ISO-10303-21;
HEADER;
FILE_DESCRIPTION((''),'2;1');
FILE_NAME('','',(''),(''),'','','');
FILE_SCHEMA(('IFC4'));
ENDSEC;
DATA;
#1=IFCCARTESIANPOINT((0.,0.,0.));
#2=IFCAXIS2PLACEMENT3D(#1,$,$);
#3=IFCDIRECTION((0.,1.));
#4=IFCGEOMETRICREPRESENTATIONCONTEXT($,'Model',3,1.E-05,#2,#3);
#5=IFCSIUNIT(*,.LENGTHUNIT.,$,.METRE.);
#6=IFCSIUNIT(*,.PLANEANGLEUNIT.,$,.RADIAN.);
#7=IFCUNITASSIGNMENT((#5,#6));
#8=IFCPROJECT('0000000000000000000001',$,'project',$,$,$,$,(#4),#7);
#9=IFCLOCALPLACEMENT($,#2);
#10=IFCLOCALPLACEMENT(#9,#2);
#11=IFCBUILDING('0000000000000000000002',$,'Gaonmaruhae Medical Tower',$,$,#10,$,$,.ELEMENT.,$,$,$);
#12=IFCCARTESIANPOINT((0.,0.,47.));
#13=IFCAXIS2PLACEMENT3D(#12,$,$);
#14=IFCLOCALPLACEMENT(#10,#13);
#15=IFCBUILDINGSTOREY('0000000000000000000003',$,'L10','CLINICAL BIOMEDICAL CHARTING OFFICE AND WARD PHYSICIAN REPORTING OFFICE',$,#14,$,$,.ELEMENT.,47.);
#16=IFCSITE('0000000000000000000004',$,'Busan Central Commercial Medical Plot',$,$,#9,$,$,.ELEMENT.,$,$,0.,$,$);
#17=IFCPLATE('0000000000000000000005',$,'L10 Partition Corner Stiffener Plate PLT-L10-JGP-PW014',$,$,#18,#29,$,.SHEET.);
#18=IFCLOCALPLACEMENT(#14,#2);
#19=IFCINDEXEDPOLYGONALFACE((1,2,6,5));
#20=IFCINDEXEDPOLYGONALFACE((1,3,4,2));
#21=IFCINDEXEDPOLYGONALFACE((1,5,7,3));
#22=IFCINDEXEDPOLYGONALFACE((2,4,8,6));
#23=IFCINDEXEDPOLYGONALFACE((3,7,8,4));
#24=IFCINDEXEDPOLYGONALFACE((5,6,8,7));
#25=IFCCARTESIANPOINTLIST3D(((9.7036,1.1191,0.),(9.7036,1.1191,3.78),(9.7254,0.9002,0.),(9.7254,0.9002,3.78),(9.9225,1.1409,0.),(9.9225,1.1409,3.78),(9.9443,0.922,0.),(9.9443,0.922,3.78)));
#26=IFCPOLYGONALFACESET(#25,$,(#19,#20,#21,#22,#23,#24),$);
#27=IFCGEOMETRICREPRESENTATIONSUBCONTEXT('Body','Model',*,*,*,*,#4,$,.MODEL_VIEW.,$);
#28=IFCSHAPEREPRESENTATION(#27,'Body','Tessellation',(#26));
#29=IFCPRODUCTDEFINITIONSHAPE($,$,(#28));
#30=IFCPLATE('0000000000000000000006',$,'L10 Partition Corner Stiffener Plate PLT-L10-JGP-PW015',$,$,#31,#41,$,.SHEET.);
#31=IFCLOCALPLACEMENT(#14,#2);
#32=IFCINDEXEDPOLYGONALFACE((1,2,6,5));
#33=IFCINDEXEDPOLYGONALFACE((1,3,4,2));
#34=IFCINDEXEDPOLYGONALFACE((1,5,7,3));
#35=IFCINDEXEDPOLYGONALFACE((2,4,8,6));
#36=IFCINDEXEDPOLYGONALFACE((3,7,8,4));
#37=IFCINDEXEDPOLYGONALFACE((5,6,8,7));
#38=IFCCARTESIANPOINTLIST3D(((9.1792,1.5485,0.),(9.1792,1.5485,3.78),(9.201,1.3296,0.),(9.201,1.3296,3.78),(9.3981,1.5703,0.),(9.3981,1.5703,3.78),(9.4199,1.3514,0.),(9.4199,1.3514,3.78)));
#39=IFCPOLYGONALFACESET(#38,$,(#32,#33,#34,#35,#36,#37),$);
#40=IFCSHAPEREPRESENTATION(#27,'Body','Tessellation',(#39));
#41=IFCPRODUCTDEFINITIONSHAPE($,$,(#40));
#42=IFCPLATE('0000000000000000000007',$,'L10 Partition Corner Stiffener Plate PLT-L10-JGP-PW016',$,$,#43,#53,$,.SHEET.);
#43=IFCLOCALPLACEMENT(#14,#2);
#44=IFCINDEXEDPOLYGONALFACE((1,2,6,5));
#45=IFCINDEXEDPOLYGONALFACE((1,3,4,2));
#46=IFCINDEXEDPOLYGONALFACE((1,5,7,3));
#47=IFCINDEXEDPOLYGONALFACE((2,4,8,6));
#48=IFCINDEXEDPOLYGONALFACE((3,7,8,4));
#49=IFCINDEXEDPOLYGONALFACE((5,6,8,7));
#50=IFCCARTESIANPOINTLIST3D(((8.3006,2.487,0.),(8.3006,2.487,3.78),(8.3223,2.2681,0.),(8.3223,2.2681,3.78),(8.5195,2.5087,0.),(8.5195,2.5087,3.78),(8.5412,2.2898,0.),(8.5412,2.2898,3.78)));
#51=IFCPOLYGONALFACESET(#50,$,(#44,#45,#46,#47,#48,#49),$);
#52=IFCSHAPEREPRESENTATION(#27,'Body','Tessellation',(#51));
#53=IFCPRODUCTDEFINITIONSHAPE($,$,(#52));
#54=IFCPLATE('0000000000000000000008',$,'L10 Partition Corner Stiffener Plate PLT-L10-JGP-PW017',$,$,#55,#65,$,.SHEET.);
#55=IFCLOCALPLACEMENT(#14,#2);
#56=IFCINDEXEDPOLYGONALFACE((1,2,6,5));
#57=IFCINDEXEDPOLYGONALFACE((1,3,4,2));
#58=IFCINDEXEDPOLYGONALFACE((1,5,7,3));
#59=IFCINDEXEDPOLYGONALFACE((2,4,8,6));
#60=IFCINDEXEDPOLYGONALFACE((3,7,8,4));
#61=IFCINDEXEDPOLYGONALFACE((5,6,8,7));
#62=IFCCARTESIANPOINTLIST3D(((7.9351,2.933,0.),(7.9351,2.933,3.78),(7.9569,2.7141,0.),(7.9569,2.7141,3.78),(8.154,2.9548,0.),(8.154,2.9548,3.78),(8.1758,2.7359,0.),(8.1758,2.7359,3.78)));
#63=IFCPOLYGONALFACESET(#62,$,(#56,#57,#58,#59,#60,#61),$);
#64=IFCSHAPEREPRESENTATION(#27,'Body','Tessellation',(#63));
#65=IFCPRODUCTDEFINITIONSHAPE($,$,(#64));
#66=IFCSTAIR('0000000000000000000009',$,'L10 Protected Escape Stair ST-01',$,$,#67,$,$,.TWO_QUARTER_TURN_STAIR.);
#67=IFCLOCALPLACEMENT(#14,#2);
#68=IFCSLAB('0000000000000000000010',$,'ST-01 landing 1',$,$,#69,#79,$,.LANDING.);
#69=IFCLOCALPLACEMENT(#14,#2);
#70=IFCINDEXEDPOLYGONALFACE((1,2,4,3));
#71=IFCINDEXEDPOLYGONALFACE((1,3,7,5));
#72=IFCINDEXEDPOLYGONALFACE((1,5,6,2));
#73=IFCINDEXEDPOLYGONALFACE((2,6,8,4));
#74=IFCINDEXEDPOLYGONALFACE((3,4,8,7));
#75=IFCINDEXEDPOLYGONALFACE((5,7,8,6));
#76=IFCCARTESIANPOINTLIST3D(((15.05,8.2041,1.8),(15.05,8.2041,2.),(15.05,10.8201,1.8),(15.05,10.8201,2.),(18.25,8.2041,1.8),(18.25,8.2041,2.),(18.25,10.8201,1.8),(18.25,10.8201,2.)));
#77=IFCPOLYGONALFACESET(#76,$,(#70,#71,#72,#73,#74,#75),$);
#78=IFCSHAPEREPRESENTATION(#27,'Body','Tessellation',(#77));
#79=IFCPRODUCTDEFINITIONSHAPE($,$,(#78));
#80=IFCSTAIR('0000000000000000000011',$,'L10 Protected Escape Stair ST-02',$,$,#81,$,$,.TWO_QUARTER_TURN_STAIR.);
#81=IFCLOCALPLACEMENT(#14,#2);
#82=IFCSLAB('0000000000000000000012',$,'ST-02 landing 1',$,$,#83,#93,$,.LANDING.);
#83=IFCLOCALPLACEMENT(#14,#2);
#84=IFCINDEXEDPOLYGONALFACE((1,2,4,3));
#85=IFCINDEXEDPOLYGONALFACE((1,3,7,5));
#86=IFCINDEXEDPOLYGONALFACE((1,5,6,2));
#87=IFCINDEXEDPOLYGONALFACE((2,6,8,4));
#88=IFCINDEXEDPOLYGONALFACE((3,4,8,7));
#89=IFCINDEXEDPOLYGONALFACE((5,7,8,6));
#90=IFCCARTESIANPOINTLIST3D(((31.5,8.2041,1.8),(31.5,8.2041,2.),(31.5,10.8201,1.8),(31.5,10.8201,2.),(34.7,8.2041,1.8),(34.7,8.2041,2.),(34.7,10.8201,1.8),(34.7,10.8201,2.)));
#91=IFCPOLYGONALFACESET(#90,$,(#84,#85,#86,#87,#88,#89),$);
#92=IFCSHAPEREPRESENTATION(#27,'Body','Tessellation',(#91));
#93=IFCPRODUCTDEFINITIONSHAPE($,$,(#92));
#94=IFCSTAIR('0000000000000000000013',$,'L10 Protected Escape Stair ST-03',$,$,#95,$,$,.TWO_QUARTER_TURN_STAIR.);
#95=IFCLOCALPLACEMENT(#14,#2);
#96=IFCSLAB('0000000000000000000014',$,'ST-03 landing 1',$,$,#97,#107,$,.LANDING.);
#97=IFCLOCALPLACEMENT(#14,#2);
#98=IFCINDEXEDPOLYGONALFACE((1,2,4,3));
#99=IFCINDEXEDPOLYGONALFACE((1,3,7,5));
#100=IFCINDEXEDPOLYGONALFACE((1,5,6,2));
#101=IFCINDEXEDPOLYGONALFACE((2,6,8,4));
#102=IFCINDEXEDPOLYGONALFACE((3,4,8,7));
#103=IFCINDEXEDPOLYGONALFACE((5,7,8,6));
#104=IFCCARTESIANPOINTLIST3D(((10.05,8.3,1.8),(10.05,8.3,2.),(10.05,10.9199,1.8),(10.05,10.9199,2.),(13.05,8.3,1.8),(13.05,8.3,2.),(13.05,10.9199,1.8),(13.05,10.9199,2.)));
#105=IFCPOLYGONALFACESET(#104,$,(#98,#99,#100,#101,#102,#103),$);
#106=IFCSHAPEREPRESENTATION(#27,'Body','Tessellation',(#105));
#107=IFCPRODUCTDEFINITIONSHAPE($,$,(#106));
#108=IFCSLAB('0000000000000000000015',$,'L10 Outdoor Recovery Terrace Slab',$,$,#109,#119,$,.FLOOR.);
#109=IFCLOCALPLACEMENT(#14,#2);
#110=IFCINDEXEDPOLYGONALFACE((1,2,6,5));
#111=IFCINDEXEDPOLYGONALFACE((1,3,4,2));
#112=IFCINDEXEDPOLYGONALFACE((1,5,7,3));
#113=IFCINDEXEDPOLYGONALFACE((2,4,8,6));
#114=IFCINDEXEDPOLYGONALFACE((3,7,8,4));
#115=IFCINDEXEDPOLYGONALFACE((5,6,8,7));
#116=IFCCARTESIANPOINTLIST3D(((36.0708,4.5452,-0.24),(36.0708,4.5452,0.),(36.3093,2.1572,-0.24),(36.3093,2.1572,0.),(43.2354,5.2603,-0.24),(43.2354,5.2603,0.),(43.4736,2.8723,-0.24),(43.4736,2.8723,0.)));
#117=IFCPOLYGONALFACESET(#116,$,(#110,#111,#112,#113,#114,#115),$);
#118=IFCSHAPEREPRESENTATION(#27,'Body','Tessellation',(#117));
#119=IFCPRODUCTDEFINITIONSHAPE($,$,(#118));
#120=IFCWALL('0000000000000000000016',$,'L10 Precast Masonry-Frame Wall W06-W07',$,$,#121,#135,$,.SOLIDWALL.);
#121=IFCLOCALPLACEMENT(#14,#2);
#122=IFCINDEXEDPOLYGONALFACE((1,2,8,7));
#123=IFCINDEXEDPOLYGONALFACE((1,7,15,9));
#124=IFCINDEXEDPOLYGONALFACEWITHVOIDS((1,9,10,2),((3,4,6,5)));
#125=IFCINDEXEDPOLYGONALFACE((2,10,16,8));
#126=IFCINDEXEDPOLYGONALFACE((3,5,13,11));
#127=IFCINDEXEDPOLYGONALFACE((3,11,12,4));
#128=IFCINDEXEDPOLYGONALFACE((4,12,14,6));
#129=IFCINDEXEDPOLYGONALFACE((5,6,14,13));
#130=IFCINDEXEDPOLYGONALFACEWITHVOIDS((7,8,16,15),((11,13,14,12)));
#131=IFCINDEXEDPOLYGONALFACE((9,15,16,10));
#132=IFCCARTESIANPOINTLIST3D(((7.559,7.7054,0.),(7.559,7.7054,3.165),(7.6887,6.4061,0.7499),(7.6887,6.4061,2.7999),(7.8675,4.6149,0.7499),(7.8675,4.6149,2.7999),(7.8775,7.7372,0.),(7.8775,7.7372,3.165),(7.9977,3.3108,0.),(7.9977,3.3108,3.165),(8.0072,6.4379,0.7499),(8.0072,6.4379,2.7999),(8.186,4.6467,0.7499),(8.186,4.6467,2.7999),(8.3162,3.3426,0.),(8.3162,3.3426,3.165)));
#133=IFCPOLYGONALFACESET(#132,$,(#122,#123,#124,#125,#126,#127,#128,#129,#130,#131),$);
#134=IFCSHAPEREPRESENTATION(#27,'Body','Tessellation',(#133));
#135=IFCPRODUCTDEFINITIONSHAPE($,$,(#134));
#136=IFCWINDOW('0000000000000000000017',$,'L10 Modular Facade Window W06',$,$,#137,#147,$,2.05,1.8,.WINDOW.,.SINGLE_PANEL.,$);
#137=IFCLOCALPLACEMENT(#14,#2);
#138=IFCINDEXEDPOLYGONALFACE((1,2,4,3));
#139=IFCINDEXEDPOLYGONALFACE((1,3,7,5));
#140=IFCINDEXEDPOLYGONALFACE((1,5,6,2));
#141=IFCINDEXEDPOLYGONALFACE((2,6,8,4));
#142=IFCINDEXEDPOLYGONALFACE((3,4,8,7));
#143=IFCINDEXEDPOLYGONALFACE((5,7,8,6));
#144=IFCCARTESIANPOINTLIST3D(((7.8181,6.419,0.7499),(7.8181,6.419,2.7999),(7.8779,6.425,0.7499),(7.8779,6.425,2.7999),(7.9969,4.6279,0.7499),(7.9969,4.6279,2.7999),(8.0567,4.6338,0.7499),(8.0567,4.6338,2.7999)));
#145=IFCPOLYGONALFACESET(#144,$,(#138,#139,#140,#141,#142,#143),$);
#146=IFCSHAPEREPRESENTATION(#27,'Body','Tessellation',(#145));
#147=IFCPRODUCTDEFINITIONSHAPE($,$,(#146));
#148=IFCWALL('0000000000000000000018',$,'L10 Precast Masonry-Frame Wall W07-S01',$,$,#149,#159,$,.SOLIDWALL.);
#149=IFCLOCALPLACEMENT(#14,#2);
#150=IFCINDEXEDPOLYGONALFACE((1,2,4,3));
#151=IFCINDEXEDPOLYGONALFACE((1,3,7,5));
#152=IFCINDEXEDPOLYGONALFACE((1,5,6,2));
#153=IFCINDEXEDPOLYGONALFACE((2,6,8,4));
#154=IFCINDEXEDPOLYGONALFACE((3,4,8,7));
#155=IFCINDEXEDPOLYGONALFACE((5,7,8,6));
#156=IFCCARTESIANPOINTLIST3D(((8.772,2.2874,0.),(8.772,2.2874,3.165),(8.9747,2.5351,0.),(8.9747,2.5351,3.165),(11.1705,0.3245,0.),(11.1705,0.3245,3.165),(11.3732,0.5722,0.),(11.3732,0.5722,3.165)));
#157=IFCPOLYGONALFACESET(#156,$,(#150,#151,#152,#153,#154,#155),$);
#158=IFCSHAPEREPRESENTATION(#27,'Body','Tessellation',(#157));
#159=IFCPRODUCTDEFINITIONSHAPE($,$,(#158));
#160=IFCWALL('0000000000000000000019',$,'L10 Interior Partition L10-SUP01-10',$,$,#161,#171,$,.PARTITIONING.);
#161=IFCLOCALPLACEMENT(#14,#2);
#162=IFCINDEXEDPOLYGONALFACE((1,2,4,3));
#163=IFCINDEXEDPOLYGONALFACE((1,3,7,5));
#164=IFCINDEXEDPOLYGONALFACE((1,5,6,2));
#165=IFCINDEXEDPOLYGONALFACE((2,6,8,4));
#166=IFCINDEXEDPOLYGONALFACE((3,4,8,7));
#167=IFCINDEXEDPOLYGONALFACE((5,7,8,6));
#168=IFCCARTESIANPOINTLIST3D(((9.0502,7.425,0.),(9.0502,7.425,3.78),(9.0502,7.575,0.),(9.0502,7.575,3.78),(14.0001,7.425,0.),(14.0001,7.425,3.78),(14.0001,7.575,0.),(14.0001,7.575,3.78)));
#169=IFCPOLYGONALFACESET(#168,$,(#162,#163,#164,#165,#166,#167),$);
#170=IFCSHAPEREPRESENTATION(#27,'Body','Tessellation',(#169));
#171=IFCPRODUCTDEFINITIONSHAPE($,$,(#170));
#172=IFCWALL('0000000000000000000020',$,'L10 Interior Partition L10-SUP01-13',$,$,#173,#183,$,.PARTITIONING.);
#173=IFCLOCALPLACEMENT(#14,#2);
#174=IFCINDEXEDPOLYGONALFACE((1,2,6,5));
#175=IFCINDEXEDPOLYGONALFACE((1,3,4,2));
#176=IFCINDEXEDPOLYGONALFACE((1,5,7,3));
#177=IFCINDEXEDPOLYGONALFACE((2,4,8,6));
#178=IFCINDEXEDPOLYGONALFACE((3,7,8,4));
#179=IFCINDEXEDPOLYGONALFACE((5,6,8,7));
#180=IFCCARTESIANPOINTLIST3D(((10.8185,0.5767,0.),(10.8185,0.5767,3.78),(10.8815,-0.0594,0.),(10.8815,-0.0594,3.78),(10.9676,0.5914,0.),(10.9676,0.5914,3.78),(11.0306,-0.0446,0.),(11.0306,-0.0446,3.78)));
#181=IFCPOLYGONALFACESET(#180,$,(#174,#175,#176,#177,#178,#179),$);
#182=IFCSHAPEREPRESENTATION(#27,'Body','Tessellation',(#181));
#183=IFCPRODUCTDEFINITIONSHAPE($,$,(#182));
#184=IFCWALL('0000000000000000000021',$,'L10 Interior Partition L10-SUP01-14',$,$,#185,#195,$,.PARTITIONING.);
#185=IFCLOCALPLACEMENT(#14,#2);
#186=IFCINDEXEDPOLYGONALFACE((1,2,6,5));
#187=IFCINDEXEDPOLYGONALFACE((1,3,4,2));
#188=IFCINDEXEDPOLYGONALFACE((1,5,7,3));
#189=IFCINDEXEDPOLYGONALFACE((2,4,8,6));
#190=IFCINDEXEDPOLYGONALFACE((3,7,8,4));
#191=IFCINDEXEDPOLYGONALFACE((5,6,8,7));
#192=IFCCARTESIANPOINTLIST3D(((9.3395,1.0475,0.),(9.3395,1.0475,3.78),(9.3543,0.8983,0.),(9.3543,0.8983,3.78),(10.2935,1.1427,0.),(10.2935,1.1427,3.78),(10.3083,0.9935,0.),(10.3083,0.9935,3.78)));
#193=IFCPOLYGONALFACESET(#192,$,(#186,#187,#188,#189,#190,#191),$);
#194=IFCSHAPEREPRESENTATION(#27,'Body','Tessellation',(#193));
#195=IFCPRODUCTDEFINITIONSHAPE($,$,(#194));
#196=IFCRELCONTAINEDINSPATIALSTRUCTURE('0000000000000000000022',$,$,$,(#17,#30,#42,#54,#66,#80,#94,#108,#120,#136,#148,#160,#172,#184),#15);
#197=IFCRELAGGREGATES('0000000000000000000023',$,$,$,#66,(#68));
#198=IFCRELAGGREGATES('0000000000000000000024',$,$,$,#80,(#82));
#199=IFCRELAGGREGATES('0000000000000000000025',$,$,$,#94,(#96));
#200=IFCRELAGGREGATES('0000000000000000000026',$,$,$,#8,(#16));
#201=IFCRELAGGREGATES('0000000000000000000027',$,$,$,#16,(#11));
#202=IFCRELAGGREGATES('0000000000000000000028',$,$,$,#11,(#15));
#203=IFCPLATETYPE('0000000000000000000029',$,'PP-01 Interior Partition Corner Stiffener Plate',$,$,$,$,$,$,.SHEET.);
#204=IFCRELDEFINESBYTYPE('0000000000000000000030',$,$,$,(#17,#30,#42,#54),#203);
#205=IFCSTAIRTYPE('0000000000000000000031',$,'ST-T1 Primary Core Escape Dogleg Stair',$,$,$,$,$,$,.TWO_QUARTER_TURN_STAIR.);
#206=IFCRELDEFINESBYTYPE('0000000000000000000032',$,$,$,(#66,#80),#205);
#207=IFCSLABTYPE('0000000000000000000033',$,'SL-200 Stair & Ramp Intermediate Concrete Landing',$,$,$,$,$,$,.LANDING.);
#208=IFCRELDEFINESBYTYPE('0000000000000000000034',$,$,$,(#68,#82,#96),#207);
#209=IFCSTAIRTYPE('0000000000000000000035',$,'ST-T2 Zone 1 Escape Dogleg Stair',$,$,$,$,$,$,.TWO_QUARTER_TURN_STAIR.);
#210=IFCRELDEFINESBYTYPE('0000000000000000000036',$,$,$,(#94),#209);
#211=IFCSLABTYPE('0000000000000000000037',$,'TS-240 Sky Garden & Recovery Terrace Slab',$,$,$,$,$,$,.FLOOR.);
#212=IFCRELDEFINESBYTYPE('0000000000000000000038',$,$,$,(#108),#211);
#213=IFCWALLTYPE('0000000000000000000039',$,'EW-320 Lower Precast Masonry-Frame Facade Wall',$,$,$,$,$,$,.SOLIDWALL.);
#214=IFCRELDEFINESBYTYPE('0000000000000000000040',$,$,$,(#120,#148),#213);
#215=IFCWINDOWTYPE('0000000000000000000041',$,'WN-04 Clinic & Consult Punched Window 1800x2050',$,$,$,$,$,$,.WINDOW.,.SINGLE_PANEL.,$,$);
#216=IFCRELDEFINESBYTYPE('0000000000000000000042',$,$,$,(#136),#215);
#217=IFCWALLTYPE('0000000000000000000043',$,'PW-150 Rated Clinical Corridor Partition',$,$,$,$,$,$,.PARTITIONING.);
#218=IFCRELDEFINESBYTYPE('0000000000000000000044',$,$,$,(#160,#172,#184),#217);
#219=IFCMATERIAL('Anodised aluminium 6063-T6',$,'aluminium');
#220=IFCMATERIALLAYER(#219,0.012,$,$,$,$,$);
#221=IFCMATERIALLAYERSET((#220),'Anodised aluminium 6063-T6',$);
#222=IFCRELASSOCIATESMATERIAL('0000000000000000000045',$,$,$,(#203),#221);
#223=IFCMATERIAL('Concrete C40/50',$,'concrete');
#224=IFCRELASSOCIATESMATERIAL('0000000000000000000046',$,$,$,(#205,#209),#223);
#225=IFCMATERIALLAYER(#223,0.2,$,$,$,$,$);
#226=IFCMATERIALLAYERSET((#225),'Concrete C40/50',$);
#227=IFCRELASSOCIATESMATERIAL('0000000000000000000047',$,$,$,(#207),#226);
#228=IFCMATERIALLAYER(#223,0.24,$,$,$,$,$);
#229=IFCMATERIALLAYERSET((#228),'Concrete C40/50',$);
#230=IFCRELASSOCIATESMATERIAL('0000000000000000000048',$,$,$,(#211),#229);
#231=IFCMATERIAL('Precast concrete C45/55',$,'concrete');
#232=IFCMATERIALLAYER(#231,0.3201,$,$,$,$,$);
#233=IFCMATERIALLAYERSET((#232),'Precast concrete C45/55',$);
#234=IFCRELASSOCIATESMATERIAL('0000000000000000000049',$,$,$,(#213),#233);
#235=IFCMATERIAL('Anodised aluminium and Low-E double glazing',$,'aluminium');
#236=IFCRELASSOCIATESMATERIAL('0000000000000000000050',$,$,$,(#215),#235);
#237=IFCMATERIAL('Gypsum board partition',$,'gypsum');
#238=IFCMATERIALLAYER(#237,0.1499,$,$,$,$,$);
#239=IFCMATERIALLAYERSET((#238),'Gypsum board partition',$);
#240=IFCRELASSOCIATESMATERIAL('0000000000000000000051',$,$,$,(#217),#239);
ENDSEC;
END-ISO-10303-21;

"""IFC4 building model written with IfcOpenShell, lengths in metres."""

from ifc_helpers import new_model, si_unit, direction, frame, frame_2d, origin, origin_2d, place, context, subcontext, project, spatial, polyline, rectangle, outline, extrude, material, layer, layer_set, type_object, element, fill, aggregate, save


model = new_model("IFC4")

# Units and contexts
model_context = context("Model", 3, precision=1e-05, world=origin(), true_north=direction((0.0, 1.0)))
body_context = subcontext(model_context, "Body", "Model", "MODEL_VIEW")
ifc_project = project(units=[si_unit("LENGTHUNIT", "METRE"), si_unit("PLANEANGLEUNIT", "RADIAN")], contexts=[model_context])

# Site, building, storey
site_placement = place(None, origin())
site = spatial("IfcSite", under=ifc_project, at=site_placement, Name="Busan Central Commercial Medical Plot", CompositionType="ELEMENT", RefElevation=0.0)
building_placement = place(site_placement, origin())
building = spatial("IfcBuilding", under=site, at=building_placement, Name="Gaonmaruhae Medical Tower", CompositionType="ELEMENT")
storey_placement = place(building_placement, frame((0.0, 0.0, 47.0)))
storey = spatial("IfcBuildingStorey", under=building, at=storey_placement, Name="L10", Description="CLINICAL BIOMEDICAL CHARTING OFFICE AND WARD PHYSICIAN REPORTING OFFICE", CompositionType="ELEMENT", Elevation=47.0)

# Shared definitions
ifc_material_1 = material(Name="Concrete C40/50", Category="concrete")

# Plates
ifc_material_2 = material(Name="Anodised aluminium 6063-T6", Category="aluminium")
ifc_layer_1 = layer(ifc_material_2, 0.012)
ifc_layer_set_1 = layer_set([ifc_layer_1], Name="Anodised aluminium 6063-T6")
plate_type = type_object("IfcPlateType", Name="PP-01 Interior Partition Corner Stiffener Plate", PredefinedType="SHEET", material=ifc_layer_set_1)
for number, where, z_axis, x_axis, name in (
    (1, (9.824, 1.0205, 0.0), (0.0, 0.0, 1.0), (-0.995078, -0.099094, 0.0), "L10 Partition Corner Stiffener Plate PLT-L10-JGP-PW014"),
    (2, (9.2996, 1.45, 0.0), (0.0, 0.0, 1.0), (-0.099094, 0.995078, 0.0), "L10 Partition Corner Stiffener Plate PLT-L10-JGP-PW015"),
    (3, (8.4209, 2.3884, 0.0), (0.0, 0.0, 1.0), (-0.99513, -0.098573, 0.0), "L10 Partition Corner Stiffener Plate PLT-L10-JGP-PW016"),
    (4, (8.0554, 2.8345, 0.0), (0.0, 0.0, 1.0), (-0.09899, 0.995088, 0.0), "L10 Partition Corner Stiffener Plate PLT-L10-JGP-PW017"),
):
    element("IfcPlate", number, at=place(storey_placement, frame(where, z_axis=z_axis, x_axis=x_axis)), inside=storey, type_object=plate_type, Name=name, PredefinedType="SHEET", context=body_context, shape_type="SweptSolid", body=[
        extrude(rectangle(XDim=0.22, YDim=0.22, at=origin_2d()), origin(), (0.0, 0.0, 1.0), 3.78),
    ])

# Stairs, slabs
stair_type_1 = type_object("IfcStairType", Name="ST-T1 Primary Core Escape Dogleg Stair", PredefinedType="TWO_QUARTER_TURN_STAIR", material=ifc_material_1)
stair_1_placement = place(storey_placement, origin())
stair_1 = element("IfcStair", 5, at=stair_1_placement, inside=storey, type_object=stair_type_1, Name="L10 Protected Escape Stair ST-01", PredefinedType="TWO_QUARTER_TURN_STAIR")
ifc_layer_2 = layer(ifc_material_1, 0.2)
ifc_layer_set_2 = layer_set([ifc_layer_2], Name="Concrete C40/50")
slab_type_1 = type_object("IfcSlabType", Name="SL-200 Stair & Ramp Intermediate Concrete Landing", PredefinedType="LANDING", material=ifc_layer_set_2)
slab_1_placement = place(storey_placement, frame((0.0, 0.0, 1.8)))
slab_1 = element("IfcSlab", 6, at=slab_1_placement, type_object=slab_type_1, Name="ST-01 landing 1", PredefinedType="LANDING", context=body_context, shape_type="SweptSolid", body=[
    extrude(outline(polyline([(15.05, 10.8201), (15.05, 8.2041), (18.25, 8.2041), (18.25, 10.8201), (15.05, 10.8201)])), origin(), (0.0, 0.0, 1.0), 0.2),
])
aggregate(stair_1, [slab_1])
stair_2_placement = place(storey_placement, origin())
stair_2 = element("IfcStair", 7, at=stair_2_placement, inside=storey, type_object=stair_type_1, Name="L10 Protected Escape Stair ST-02", PredefinedType="TWO_QUARTER_TURN_STAIR")
slab_2_placement = place(storey_placement, frame((0.0, 0.0, 1.8)))
slab_2 = element("IfcSlab", 8, at=slab_2_placement, type_object=slab_type_1, Name="ST-02 landing 1", PredefinedType="LANDING", context=body_context, shape_type="SweptSolid", body=[
    extrude(outline(polyline([(31.5, 10.8201), (31.5, 8.2041), (34.7, 8.2041), (34.7, 10.8201), (31.5, 10.8201)])), origin(), (0.0, 0.0, 1.0), 0.2),
])
aggregate(stair_2, [slab_2])
stair_type_2 = type_object("IfcStairType", Name="ST-T2 Zone 1 Escape Dogleg Stair", PredefinedType="TWO_QUARTER_TURN_STAIR", material=ifc_material_1)
stair_3_placement = place(storey_placement, origin())
stair_3 = element("IfcStair", 9, at=stair_3_placement, inside=storey, type_object=stair_type_2, Name="L10 Protected Escape Stair ST-03", PredefinedType="TWO_QUARTER_TURN_STAIR")
slab_3_placement = place(storey_placement, frame((0.0, 0.0, 1.8)))
slab_3 = element("IfcSlab", 10, at=slab_3_placement, type_object=slab_type_1, Name="ST-03 landing 1", PredefinedType="LANDING", context=body_context, shape_type="SweptSolid", body=[
    extrude(outline(polyline([(10.05, 10.9199), (10.05, 8.3), (13.05, 8.3), (13.05, 10.9199), (10.05, 10.9199)])), origin(), (0.0, 0.0, 1.0), 0.2),
])
aggregate(stair_3, [slab_3])

# Slab
ifc_layer_3 = layer(ifc_material_1, 0.24)
ifc_layer_set_3 = layer_set([ifc_layer_3], Name="Concrete C40/50")
slab_type_2 = type_object("IfcSlabType", Name="TS-240 Sky Garden & Recovery Terrace Slab", PredefinedType="FLOOR", material=ifc_layer_set_3)
slab_4_placement = place(storey_placement, frame((0.0, 0.0, -0.24)))
element("IfcSlab", 11, at=slab_4_placement, inside=storey, type_object=slab_type_2, Name="L10 Outdoor Recovery Terrace Slab", PredefinedType="FLOOR", context=body_context, shape_type="SweptSolid", body=[
    extrude(outline(polyline([(36.3093, 2.1572), (43.4736, 2.8723), (43.2354, 5.2603), (36.0708, 4.5452), (36.3093, 2.1572)])), origin(), (0.0, 0.0, 1.0), 0.24),
])

# Wall, opening, window
ifc_material_3 = material(Name="Precast concrete C45/55", Category="concrete")
ifc_layer_4 = layer(ifc_material_3, 0.3201)
ifc_layer_set_4 = layer_set([ifc_layer_4], Name="Precast concrete C45/55")
wall_type_1 = type_object("IfcWallType", Name="EW-320 Lower Precast Masonry-Frame Facade Wall", PredefinedType="SOLIDWALL", material=ifc_layer_set_4)
wall_1_placement = place(storey_placement, frame((8.157, 3.3267, 0.0), z_axis=(0.0, 0.0, 1.0), x_axis=(-0.099334, 0.995054, 0.0)))
wall_1 = element("IfcWall", 12, at=wall_1_placement, inside=storey, type_object=wall_type_1, Name="L10 Precast Masonry-Frame Wall W06-W07", PredefinedType="SOLIDWALL", context=body_context, shape_type="SweptSolid", body=[
    extrude(rectangle(XDim=4.4165, YDim=0.3201, at=frame_2d((2.2083, 0.0))), origin(), (0.0, 0.0, 1.0), 3.165),
])
opening_placement = place(wall_1_placement, frame((1.3108, 0.0, 0.75)))
opening = element("IfcOpeningElement", 13, at=opening_placement, cuts=wall_1, PredefinedType="OPENING", context=body_context, shape_type="SweptSolid", body=[
    extrude(rectangle(XDim=1.8, YDim=2.05, at=frame_2d((0.8999, 1.0249))), frame((0.0, 0.1699, 0.0), z_axis=(0.0, -1.0, 0.0), x_axis=(1.0, 0.0, 0.0)), (0.0, 0.0, 1.0), 0.3401),
])
ifc_material_4 = material(Name="Anodised aluminium and Low-E double glazing", Category="aluminium")
window_type = type_object("IfcWindowType", Name="WN-04 Clinic & Consult Punched Window 1800x2050", PartitioningType="SINGLE_PANEL", PredefinedType="WINDOW", material=ifc_material_4)
window_placement = place(opening_placement, origin())
window = element("IfcWindow", 14, at=window_placement, inside=storey, type_object=window_type, Name="L10 Modular Facade Window W06", OverallHeight=2.05, OverallWidth=1.8, PartitioningType="SINGLE_PANEL", PredefinedType="WINDOW", context=body_context, shape_type="SweptSolid", body=[
    extrude(rectangle(XDim=1.8, YDim=2.05, at=frame_2d((0.8999, 1.0249))), frame((0.0, 0.03, 0.0), z_axis=(0.0, -1.0, 0.0), x_axis=(1.0, 0.0, 0.0)), (0.0, 0.0, 1.0), 0.0601),
])
fill(opening, window)

# Walls
wall_2_placement = place(storey_placement, frame((11.272, 0.4482, 0.0), z_axis=(0.0, 0.0, 1.0), x_axis=(-0.773873, 0.633341, 0.0)))
element("IfcWall", 15, at=wall_2_placement, inside=storey, type_object=wall_type_1, Name="L10 Precast Masonry-Frame Wall W07-S01", PredefinedType="SOLIDWALL", context=body_context, shape_type="SweptSolid", body=[
    extrude(rectangle(XDim=3.0994, YDim=0.3201, at=frame_2d((1.5498, 0.0))), origin(), (0.0, 0.0, 1.0), 3.165),
])
ifc_material_5 = material(Name="Gypsum board partition", Category="gypsum")
ifc_layer_5 = layer(ifc_material_5, 0.1499)
ifc_layer_set_5 = layer_set([ifc_layer_5], Name="Gypsum board partition")
wall_type_2 = type_object("IfcWallType", Name="PW-150 Rated Clinical Corridor Partition", PredefinedType="PARTITIONING", material=ifc_layer_set_5)
wall_3_placement = place(storey_placement, frame((9.05, 7.5, 0.0), z_axis=(0.0, 0.0, 1.0), x_axis=(1.0, 0.0, 0.0)))
element("IfcWall", 16, at=wall_3_placement, inside=storey, type_object=wall_type_2, Name="L10 Interior Partition L10-SUP01-10", PredefinedType="PARTITIONING", context=body_context, shape_type="SweptSolid", body=[
    extrude(rectangle(XDim=4.95, YDim=0.1499, at=frame_2d((2.4751, 0.0))), origin(), (0.0, 0.0, 1.0), 3.78),
])
wall_4_placement = place(storey_placement, frame((10.9561, -0.052, 0.0), z_axis=(0.0, 0.0, 1.0), x_axis=(-0.098558, 0.995131, 0.0)))
element("IfcWall", 17, at=wall_4_placement, inside=storey, type_object=wall_type_2, Name="L10 Interior Partition L10-SUP01-13", PredefinedType="PARTITIONING", context=body_context, shape_type="SweptSolid", body=[
    extrude(rectangle(XDim=0.6392, YDim=0.1499, at=frame_2d((0.3196, 0.0))), origin(), (0.0, 0.0, 1.0), 3.78),
])
for number, where, z_axis, x_axis, name in (
    (18, (10.301, 1.0681, 0.0), (0.0, 0.0, 1.0), (-0.995057, -0.099302, 0.0), "L10 Interior Partition L10-SUP01-14"),
):
    element("IfcWall", number, at=place(storey_placement, frame(where, z_axis=z_axis, x_axis=x_axis)), inside=storey, type_object=wall_type_2, Name=name, PredefinedType="PARTITIONING", context=body_context, shape_type="SweptSolid", body=[
        extrude(rectangle(XDim=0.9587, YDim=0.1499, at=frame_2d((0.4795, 0.0))), origin(), (0.0, 0.0, 1.0), 3.78),
    ])

save(model, "model.ifc")
